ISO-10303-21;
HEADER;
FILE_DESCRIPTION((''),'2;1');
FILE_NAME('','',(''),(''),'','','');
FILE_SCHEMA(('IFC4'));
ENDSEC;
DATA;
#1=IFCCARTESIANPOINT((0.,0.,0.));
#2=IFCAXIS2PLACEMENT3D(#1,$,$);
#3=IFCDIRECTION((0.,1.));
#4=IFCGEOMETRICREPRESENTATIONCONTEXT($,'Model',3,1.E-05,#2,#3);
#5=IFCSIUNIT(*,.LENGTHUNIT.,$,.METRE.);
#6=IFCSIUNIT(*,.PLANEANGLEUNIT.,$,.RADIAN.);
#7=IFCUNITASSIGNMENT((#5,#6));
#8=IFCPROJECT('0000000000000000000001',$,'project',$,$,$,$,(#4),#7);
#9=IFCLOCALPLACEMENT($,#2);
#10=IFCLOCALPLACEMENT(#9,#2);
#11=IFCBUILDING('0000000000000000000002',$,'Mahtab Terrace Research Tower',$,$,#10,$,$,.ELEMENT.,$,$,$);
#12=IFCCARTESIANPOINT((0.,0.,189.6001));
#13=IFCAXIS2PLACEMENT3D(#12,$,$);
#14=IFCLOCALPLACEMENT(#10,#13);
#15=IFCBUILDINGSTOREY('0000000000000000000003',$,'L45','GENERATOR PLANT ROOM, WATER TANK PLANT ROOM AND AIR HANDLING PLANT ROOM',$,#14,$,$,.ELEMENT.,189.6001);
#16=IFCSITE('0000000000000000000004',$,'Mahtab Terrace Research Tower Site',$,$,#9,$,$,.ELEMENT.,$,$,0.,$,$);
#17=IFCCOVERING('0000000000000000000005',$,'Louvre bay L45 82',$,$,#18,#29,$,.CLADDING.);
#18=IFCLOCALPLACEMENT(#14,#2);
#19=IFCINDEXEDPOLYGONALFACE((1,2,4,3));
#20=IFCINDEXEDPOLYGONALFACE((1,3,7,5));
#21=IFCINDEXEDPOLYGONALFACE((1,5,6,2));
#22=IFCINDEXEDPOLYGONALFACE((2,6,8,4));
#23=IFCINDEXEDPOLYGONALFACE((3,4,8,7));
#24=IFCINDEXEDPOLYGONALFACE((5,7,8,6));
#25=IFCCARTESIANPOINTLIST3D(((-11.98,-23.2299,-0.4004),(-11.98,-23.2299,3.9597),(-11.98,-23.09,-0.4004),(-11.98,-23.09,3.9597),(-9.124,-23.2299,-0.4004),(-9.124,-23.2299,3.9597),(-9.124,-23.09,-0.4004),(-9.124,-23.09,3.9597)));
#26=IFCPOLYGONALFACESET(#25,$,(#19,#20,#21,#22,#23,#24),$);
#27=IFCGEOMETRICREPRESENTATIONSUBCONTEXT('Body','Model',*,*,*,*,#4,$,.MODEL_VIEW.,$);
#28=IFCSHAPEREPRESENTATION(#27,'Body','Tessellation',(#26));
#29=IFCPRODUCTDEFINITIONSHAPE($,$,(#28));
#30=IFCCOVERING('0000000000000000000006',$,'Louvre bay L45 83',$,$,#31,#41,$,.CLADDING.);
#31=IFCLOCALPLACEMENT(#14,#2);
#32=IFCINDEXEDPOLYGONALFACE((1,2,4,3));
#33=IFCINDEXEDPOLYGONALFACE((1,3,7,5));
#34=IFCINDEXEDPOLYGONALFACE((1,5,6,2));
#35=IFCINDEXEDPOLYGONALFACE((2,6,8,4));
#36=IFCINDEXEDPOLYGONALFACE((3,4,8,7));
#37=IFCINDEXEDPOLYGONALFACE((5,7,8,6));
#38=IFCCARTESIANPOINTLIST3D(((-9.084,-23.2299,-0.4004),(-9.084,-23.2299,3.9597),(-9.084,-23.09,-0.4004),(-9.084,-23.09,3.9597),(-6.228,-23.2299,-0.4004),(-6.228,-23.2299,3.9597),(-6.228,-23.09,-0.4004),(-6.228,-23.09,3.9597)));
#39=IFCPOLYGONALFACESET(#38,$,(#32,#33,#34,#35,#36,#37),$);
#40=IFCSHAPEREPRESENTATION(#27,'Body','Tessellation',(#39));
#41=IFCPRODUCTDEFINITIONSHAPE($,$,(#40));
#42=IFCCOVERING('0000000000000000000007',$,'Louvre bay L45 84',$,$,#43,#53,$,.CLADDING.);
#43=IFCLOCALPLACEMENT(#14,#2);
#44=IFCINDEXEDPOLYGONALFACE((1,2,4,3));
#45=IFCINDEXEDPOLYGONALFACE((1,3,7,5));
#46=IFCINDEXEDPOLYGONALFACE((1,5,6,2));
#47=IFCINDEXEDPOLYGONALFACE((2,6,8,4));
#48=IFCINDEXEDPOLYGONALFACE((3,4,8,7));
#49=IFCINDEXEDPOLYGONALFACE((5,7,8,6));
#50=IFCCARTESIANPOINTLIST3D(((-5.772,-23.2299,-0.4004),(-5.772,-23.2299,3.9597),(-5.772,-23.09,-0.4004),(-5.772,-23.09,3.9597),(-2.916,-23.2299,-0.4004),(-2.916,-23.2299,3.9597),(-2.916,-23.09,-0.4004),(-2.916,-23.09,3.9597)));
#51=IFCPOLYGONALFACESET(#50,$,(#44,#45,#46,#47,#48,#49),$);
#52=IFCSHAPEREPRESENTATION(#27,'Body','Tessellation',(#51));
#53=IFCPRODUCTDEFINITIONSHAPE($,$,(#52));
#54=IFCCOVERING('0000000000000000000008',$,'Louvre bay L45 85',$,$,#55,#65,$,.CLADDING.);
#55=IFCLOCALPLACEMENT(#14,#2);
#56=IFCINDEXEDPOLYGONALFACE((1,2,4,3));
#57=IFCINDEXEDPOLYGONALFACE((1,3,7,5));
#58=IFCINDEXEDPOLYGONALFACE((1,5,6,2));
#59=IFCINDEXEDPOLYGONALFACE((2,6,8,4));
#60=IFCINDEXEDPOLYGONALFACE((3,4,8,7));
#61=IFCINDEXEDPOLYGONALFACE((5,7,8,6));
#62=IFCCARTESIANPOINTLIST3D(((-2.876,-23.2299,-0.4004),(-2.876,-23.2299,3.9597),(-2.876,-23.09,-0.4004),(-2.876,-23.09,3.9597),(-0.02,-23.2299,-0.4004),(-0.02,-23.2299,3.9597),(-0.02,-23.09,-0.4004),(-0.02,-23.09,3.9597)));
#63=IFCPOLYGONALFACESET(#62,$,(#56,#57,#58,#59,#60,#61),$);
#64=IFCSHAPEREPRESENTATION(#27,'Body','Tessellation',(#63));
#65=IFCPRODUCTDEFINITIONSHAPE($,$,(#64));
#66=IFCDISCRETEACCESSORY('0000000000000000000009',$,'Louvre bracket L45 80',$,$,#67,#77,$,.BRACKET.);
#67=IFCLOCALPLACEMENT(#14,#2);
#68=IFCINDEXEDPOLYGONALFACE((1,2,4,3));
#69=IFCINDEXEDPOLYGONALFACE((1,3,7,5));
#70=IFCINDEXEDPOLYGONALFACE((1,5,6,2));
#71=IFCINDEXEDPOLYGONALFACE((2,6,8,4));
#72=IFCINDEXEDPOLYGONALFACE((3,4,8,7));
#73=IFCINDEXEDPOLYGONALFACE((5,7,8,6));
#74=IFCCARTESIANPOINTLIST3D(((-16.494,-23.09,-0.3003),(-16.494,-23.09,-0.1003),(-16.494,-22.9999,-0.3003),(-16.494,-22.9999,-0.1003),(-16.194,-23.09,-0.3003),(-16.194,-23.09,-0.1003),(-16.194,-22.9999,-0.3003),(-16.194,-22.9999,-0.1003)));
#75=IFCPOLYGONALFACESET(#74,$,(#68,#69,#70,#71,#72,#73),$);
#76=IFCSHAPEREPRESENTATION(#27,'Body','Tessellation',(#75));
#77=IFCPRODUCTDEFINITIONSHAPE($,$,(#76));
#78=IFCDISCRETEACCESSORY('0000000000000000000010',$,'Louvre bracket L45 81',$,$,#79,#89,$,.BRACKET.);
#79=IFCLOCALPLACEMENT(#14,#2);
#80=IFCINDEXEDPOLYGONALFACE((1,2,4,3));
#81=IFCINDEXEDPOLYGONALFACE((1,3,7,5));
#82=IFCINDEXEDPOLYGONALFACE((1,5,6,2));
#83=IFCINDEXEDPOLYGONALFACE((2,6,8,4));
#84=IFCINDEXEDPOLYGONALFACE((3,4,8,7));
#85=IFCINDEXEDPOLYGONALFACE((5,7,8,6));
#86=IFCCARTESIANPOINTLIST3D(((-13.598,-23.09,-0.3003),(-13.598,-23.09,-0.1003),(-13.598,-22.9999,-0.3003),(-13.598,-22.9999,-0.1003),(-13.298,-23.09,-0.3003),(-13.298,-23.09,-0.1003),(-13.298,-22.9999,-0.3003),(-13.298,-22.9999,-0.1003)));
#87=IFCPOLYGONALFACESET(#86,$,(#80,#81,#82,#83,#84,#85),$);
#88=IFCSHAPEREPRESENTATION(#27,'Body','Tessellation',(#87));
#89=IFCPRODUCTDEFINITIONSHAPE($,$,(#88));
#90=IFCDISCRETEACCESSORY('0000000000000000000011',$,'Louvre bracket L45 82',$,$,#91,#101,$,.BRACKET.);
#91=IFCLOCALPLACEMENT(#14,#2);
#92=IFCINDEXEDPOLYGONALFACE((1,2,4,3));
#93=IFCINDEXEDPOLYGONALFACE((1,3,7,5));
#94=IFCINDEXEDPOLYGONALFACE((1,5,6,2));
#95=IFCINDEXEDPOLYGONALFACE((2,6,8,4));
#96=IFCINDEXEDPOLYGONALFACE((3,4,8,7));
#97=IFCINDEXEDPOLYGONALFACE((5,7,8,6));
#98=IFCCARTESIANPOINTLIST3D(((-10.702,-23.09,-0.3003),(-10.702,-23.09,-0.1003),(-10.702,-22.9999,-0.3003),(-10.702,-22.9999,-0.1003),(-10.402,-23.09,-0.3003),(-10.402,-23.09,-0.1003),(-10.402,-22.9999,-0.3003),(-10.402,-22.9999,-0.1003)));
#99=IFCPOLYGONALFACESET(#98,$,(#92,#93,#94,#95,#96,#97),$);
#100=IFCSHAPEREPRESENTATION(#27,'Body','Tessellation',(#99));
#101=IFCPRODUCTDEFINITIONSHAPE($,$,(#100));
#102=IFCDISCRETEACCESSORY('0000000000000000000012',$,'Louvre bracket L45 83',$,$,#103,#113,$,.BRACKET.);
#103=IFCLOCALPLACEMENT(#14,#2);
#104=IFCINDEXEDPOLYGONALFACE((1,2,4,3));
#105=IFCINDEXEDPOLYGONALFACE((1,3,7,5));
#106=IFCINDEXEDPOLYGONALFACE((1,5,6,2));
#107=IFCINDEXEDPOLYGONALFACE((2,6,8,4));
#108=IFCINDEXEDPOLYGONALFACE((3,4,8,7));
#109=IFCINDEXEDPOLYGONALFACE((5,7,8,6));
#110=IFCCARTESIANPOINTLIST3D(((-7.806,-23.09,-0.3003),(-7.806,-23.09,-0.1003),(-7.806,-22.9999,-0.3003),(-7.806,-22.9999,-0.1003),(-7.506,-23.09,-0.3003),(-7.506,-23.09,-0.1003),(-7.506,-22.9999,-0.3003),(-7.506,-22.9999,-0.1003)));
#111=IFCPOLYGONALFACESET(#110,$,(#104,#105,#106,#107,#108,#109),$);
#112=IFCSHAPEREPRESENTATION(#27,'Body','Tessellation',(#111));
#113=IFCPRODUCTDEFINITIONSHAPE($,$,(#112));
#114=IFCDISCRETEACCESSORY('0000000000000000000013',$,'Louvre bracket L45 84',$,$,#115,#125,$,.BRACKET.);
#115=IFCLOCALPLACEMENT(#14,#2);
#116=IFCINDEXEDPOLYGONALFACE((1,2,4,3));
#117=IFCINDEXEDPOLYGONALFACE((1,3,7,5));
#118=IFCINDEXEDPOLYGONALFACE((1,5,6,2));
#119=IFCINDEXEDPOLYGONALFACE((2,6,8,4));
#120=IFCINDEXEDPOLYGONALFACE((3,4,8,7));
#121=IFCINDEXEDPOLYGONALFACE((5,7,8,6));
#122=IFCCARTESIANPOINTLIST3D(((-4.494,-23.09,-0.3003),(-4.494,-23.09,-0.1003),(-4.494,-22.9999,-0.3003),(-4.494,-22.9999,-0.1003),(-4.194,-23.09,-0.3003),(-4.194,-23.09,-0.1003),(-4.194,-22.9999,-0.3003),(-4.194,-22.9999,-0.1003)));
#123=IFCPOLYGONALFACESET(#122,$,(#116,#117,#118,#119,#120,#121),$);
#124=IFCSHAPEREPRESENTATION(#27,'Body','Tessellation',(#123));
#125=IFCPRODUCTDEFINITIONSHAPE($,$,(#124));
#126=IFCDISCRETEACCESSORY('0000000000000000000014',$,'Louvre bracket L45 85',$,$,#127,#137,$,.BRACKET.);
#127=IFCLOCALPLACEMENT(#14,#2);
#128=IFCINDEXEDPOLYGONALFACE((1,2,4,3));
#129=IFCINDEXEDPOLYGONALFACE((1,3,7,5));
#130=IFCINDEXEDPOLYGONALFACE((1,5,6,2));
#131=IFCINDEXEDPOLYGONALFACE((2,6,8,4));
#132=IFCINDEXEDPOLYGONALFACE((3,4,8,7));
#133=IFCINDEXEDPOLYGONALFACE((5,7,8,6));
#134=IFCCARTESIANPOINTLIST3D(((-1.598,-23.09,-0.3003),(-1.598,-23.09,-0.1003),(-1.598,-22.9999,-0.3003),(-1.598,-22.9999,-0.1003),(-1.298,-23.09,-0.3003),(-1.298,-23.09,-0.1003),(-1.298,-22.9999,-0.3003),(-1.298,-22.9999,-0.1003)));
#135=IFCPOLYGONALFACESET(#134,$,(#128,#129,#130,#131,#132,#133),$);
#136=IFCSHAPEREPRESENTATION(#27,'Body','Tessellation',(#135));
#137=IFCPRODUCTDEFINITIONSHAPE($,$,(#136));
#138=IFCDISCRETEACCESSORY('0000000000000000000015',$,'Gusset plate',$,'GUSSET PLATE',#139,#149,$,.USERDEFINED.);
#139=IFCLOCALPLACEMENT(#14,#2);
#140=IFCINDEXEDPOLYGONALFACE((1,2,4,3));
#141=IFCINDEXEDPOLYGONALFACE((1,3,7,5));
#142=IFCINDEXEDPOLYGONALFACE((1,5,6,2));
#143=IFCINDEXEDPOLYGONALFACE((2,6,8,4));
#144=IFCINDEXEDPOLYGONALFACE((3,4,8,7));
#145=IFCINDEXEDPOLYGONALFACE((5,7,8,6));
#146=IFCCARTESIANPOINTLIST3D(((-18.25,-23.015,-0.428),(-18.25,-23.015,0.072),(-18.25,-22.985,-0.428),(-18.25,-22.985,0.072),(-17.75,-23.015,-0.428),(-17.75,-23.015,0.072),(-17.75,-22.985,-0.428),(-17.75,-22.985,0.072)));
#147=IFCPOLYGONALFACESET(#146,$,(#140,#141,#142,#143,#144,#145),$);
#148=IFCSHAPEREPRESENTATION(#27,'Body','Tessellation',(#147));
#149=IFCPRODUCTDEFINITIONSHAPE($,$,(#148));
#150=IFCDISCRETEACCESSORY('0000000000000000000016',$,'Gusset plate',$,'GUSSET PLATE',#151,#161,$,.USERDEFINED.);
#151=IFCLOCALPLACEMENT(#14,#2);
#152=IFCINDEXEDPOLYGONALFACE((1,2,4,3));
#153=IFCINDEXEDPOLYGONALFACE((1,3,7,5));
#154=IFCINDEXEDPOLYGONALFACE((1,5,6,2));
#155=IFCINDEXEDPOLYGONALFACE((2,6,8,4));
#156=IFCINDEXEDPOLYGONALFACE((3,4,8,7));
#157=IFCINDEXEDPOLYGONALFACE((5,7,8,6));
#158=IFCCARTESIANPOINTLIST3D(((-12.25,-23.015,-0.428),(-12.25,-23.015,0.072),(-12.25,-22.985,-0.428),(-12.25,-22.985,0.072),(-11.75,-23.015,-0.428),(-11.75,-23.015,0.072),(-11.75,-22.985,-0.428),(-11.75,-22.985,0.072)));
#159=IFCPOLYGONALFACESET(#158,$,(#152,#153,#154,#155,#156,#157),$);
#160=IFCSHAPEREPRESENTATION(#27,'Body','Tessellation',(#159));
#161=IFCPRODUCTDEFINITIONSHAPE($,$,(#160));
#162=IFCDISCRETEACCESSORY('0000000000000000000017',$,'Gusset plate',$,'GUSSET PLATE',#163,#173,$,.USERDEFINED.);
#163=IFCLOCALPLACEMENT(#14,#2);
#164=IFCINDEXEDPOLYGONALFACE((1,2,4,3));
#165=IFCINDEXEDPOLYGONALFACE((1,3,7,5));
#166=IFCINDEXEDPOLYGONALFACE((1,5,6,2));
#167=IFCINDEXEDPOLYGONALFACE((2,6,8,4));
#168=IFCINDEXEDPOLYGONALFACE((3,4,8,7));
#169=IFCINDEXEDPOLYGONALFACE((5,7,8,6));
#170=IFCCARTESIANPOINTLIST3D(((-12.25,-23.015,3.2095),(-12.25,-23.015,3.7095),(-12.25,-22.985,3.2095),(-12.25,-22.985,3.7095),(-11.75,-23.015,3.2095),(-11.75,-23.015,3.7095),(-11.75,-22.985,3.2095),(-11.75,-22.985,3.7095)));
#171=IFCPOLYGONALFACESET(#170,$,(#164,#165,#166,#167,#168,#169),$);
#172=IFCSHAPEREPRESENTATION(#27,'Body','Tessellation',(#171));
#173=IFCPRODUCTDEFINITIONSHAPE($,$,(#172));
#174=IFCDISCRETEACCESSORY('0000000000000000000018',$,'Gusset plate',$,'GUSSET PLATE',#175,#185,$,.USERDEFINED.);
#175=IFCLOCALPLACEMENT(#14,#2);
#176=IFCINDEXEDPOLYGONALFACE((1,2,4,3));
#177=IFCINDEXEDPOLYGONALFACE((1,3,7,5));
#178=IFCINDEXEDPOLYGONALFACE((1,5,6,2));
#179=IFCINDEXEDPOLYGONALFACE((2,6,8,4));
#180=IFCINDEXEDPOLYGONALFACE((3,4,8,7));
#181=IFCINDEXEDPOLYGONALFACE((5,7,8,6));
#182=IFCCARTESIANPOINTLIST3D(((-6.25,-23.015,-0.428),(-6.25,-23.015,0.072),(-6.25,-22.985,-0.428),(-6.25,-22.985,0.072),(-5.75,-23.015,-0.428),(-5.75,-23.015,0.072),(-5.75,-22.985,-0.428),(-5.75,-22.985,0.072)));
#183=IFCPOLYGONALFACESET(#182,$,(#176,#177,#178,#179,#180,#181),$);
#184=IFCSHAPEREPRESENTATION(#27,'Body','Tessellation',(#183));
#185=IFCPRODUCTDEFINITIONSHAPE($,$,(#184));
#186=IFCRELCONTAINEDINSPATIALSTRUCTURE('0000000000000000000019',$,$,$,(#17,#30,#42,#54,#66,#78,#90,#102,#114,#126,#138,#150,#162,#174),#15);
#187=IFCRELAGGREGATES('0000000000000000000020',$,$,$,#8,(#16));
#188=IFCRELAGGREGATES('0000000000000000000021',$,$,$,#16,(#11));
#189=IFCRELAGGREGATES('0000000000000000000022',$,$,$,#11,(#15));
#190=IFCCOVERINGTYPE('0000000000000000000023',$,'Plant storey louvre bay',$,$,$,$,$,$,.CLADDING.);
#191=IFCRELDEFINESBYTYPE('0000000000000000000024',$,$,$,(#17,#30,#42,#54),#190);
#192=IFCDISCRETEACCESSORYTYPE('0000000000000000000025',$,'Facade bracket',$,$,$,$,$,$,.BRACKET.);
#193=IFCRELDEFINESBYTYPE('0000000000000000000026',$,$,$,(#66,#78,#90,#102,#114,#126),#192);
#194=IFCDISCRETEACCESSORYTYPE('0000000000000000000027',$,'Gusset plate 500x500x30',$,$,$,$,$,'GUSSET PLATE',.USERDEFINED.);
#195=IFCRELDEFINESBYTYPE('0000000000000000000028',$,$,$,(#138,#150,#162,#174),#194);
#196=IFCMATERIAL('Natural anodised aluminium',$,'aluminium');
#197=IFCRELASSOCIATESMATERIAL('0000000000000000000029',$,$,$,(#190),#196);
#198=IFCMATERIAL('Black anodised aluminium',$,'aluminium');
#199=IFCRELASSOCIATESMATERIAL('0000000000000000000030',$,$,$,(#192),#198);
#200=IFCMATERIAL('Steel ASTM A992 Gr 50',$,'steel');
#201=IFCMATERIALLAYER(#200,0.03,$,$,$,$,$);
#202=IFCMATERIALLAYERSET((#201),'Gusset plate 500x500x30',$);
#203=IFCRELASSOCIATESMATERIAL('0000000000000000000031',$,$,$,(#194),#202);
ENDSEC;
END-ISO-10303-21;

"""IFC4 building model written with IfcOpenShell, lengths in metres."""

from ifc_helpers import new_model, si_unit, direction, frame, origin, origin_2d, place, context, subcontext, project, spatial, rectangle, extrude, material, layer, layer_set, type_object, element, save


model = new_model("IFC4")

# Units and contexts
model_context = context("Model", 3, precision=1e-05, world=origin(), true_north=direction((0.0, 1.0)))
body_context = subcontext(model_context, "Body", "Model", "MODEL_VIEW")
ifc_project = project(units=[si_unit("LENGTHUNIT", "METRE"), si_unit("PLANEANGLEUNIT", "RADIAN")], contexts=[model_context])

# Site, building, storey
site_placement = place(None, origin())
site = spatial("IfcSite", under=ifc_project, at=site_placement, Name="Mahtab Terrace Research Tower Site", CompositionType="ELEMENT", RefElevation=0.0)
building_placement = place(site_placement, origin())
building = spatial("IfcBuilding", under=site, at=building_placement, Name="Mahtab Terrace Research Tower", CompositionType="ELEMENT")
storey_placement = place(building_placement, frame((0.0, 0.0, 189.6001)))
storey = spatial("IfcBuildingStorey", under=building, at=storey_placement, Name="L45", Description="GENERATOR PLANT ROOM, WATER TANK PLANT ROOM AND AIR HANDLING PLANT ROOM", CompositionType="ELEMENT", Elevation=189.6001)

# Shared definitions
ifc_material_1 = material(Name="Steel ASTM A992 Gr 50", Category="steel")

# Coverings
ifc_material_2 = material(Name="Natural anodised aluminium", Category="aluminium")
covering_type = type_object("IfcCoveringType", Name="Plant storey louvre bay", PredefinedType="CLADDING", material=ifc_material_2)
for number, where, z_axis, x_axis, name in (
    (1, (-10.552, -23.1599, -0.4004), (0.0, 0.0, 1.0), (1.0, 0.0, 0.0), "Louvre bay L45 82"),
    (2, (-7.656, -23.1599, -0.4004), (0.0, 0.0, 1.0), (1.0, 0.0, 0.0), "Louvre bay L45 83"),
    (3, (-4.344, -23.1599, -0.4004), (0.0, 0.0, 1.0), (1.0, 0.0, 0.0), "Louvre bay L45 84"),
    (4, (-1.448, -23.1599, -0.4004), (0.0, 0.0, 1.0), (1.0, 0.0, 0.0), "Louvre bay L45 85"),
):
    element("IfcCovering", number, at=place(storey_placement, frame(where, z_axis=z_axis, x_axis=x_axis)), inside=storey, type_object=covering_type, Name=name, PredefinedType="CLADDING", context=body_context, shape_type="SweptSolid", body=[
        extrude(rectangle(XDim=2.856, YDim=0.1399, at=origin_2d()), origin(), (0.0, 0.0, 1.0), 4.3601),
    ])

# Discrete accessories
ifc_material_3 = material(Name="Black anodised aluminium", Category="aluminium")
discrete_accessory_type_1 = type_object("IfcDiscreteAccessoryType", Name="Facade bracket", PredefinedType="BRACKET", material=ifc_material_3)
for number, where, z_axis, x_axis, name in (
    (5, (-16.344, -23.0449, -0.3003), (0.0, 0.0, 1.0), (1.0, 0.0, 0.0), "Louvre bracket L45 80"),
    (6, (-13.448, -23.0449, -0.3003), (0.0, 0.0, 1.0), (1.0, 0.0, 0.0), "Louvre bracket L45 81"),
    (7, (-10.552, -23.0449, -0.3003), (0.0, 0.0, 1.0), (1.0, 0.0, 0.0), "Louvre bracket L45 82"),
    (8, (-7.656, -23.0449, -0.3003), (0.0, 0.0, 1.0), (1.0, 0.0, 0.0), "Louvre bracket L45 83"),
    (9, (-4.344, -23.0449, -0.3003), (0.0, 0.0, 1.0), (1.0, 0.0, 0.0), "Louvre bracket L45 84"),
    (10, (-1.448, -23.0449, -0.3003), (0.0, 0.0, 1.0), (1.0, 0.0, 0.0), "Louvre bracket L45 85"),
):
    element("IfcDiscreteAccessory", number, at=place(storey_placement, frame(where, z_axis=z_axis, x_axis=x_axis)), inside=storey, type_object=discrete_accessory_type_1, Name=name, PredefinedType="BRACKET", context=body_context, shape_type="SweptSolid", body=[
        extrude(rectangle(XDim=0.3, YDim=0.0901, at=origin_2d()), origin(), (0.0, 0.0, 1.0), 0.2),
    ])
ifc_layer_1 = layer(ifc_material_1, 0.03)
ifc_layer_set_1 = layer_set([ifc_layer_1], Name="Gusset plate 500x500x30")
discrete_accessory_type_2 = type_object("IfcDiscreteAccessoryType", Name="Gusset plate 500x500x30", ElementType="GUSSET PLATE", PredefinedType="USERDEFINED", material=ifc_layer_set_1)
for number, where, z_axis, x_axis, name in (
    (11, (-18.0, -23.0, -0.428), (0.0, 0.0, 1.0), (1.0, 0.0, 0.0), "Gusset plate"),
    (12, (-12.0, -23.0, -0.428), (0.0, 0.0, 1.0), (1.0, 0.0, 0.0), "Gusset plate"),
    (13, (-12.0, -23.0, 3.2095), (0.0, 0.0, 1.0), (1.0, 0.0, 0.0), "Gusset plate"),
    (14, (-6.0, -23.0, -0.428), (0.0, 0.0, 1.0), (1.0, 0.0, 0.0), "Gusset plate"),
):
    element("IfcDiscreteAccessory", number, at=place(storey_placement, frame(where, z_axis=z_axis, x_axis=x_axis)), inside=storey, type_object=discrete_accessory_type_2, Name=name, ObjectType="GUSSET PLATE", PredefinedType="USERDEFINED", context=body_context, shape_type="SweptSolid", body=[
        extrude(rectangle(XDim=0.5, YDim=0.03, at=origin_2d()), origin(), (0.0, 0.0, 1.0), 0.5),
    ])

save(model, "model.ifc")
